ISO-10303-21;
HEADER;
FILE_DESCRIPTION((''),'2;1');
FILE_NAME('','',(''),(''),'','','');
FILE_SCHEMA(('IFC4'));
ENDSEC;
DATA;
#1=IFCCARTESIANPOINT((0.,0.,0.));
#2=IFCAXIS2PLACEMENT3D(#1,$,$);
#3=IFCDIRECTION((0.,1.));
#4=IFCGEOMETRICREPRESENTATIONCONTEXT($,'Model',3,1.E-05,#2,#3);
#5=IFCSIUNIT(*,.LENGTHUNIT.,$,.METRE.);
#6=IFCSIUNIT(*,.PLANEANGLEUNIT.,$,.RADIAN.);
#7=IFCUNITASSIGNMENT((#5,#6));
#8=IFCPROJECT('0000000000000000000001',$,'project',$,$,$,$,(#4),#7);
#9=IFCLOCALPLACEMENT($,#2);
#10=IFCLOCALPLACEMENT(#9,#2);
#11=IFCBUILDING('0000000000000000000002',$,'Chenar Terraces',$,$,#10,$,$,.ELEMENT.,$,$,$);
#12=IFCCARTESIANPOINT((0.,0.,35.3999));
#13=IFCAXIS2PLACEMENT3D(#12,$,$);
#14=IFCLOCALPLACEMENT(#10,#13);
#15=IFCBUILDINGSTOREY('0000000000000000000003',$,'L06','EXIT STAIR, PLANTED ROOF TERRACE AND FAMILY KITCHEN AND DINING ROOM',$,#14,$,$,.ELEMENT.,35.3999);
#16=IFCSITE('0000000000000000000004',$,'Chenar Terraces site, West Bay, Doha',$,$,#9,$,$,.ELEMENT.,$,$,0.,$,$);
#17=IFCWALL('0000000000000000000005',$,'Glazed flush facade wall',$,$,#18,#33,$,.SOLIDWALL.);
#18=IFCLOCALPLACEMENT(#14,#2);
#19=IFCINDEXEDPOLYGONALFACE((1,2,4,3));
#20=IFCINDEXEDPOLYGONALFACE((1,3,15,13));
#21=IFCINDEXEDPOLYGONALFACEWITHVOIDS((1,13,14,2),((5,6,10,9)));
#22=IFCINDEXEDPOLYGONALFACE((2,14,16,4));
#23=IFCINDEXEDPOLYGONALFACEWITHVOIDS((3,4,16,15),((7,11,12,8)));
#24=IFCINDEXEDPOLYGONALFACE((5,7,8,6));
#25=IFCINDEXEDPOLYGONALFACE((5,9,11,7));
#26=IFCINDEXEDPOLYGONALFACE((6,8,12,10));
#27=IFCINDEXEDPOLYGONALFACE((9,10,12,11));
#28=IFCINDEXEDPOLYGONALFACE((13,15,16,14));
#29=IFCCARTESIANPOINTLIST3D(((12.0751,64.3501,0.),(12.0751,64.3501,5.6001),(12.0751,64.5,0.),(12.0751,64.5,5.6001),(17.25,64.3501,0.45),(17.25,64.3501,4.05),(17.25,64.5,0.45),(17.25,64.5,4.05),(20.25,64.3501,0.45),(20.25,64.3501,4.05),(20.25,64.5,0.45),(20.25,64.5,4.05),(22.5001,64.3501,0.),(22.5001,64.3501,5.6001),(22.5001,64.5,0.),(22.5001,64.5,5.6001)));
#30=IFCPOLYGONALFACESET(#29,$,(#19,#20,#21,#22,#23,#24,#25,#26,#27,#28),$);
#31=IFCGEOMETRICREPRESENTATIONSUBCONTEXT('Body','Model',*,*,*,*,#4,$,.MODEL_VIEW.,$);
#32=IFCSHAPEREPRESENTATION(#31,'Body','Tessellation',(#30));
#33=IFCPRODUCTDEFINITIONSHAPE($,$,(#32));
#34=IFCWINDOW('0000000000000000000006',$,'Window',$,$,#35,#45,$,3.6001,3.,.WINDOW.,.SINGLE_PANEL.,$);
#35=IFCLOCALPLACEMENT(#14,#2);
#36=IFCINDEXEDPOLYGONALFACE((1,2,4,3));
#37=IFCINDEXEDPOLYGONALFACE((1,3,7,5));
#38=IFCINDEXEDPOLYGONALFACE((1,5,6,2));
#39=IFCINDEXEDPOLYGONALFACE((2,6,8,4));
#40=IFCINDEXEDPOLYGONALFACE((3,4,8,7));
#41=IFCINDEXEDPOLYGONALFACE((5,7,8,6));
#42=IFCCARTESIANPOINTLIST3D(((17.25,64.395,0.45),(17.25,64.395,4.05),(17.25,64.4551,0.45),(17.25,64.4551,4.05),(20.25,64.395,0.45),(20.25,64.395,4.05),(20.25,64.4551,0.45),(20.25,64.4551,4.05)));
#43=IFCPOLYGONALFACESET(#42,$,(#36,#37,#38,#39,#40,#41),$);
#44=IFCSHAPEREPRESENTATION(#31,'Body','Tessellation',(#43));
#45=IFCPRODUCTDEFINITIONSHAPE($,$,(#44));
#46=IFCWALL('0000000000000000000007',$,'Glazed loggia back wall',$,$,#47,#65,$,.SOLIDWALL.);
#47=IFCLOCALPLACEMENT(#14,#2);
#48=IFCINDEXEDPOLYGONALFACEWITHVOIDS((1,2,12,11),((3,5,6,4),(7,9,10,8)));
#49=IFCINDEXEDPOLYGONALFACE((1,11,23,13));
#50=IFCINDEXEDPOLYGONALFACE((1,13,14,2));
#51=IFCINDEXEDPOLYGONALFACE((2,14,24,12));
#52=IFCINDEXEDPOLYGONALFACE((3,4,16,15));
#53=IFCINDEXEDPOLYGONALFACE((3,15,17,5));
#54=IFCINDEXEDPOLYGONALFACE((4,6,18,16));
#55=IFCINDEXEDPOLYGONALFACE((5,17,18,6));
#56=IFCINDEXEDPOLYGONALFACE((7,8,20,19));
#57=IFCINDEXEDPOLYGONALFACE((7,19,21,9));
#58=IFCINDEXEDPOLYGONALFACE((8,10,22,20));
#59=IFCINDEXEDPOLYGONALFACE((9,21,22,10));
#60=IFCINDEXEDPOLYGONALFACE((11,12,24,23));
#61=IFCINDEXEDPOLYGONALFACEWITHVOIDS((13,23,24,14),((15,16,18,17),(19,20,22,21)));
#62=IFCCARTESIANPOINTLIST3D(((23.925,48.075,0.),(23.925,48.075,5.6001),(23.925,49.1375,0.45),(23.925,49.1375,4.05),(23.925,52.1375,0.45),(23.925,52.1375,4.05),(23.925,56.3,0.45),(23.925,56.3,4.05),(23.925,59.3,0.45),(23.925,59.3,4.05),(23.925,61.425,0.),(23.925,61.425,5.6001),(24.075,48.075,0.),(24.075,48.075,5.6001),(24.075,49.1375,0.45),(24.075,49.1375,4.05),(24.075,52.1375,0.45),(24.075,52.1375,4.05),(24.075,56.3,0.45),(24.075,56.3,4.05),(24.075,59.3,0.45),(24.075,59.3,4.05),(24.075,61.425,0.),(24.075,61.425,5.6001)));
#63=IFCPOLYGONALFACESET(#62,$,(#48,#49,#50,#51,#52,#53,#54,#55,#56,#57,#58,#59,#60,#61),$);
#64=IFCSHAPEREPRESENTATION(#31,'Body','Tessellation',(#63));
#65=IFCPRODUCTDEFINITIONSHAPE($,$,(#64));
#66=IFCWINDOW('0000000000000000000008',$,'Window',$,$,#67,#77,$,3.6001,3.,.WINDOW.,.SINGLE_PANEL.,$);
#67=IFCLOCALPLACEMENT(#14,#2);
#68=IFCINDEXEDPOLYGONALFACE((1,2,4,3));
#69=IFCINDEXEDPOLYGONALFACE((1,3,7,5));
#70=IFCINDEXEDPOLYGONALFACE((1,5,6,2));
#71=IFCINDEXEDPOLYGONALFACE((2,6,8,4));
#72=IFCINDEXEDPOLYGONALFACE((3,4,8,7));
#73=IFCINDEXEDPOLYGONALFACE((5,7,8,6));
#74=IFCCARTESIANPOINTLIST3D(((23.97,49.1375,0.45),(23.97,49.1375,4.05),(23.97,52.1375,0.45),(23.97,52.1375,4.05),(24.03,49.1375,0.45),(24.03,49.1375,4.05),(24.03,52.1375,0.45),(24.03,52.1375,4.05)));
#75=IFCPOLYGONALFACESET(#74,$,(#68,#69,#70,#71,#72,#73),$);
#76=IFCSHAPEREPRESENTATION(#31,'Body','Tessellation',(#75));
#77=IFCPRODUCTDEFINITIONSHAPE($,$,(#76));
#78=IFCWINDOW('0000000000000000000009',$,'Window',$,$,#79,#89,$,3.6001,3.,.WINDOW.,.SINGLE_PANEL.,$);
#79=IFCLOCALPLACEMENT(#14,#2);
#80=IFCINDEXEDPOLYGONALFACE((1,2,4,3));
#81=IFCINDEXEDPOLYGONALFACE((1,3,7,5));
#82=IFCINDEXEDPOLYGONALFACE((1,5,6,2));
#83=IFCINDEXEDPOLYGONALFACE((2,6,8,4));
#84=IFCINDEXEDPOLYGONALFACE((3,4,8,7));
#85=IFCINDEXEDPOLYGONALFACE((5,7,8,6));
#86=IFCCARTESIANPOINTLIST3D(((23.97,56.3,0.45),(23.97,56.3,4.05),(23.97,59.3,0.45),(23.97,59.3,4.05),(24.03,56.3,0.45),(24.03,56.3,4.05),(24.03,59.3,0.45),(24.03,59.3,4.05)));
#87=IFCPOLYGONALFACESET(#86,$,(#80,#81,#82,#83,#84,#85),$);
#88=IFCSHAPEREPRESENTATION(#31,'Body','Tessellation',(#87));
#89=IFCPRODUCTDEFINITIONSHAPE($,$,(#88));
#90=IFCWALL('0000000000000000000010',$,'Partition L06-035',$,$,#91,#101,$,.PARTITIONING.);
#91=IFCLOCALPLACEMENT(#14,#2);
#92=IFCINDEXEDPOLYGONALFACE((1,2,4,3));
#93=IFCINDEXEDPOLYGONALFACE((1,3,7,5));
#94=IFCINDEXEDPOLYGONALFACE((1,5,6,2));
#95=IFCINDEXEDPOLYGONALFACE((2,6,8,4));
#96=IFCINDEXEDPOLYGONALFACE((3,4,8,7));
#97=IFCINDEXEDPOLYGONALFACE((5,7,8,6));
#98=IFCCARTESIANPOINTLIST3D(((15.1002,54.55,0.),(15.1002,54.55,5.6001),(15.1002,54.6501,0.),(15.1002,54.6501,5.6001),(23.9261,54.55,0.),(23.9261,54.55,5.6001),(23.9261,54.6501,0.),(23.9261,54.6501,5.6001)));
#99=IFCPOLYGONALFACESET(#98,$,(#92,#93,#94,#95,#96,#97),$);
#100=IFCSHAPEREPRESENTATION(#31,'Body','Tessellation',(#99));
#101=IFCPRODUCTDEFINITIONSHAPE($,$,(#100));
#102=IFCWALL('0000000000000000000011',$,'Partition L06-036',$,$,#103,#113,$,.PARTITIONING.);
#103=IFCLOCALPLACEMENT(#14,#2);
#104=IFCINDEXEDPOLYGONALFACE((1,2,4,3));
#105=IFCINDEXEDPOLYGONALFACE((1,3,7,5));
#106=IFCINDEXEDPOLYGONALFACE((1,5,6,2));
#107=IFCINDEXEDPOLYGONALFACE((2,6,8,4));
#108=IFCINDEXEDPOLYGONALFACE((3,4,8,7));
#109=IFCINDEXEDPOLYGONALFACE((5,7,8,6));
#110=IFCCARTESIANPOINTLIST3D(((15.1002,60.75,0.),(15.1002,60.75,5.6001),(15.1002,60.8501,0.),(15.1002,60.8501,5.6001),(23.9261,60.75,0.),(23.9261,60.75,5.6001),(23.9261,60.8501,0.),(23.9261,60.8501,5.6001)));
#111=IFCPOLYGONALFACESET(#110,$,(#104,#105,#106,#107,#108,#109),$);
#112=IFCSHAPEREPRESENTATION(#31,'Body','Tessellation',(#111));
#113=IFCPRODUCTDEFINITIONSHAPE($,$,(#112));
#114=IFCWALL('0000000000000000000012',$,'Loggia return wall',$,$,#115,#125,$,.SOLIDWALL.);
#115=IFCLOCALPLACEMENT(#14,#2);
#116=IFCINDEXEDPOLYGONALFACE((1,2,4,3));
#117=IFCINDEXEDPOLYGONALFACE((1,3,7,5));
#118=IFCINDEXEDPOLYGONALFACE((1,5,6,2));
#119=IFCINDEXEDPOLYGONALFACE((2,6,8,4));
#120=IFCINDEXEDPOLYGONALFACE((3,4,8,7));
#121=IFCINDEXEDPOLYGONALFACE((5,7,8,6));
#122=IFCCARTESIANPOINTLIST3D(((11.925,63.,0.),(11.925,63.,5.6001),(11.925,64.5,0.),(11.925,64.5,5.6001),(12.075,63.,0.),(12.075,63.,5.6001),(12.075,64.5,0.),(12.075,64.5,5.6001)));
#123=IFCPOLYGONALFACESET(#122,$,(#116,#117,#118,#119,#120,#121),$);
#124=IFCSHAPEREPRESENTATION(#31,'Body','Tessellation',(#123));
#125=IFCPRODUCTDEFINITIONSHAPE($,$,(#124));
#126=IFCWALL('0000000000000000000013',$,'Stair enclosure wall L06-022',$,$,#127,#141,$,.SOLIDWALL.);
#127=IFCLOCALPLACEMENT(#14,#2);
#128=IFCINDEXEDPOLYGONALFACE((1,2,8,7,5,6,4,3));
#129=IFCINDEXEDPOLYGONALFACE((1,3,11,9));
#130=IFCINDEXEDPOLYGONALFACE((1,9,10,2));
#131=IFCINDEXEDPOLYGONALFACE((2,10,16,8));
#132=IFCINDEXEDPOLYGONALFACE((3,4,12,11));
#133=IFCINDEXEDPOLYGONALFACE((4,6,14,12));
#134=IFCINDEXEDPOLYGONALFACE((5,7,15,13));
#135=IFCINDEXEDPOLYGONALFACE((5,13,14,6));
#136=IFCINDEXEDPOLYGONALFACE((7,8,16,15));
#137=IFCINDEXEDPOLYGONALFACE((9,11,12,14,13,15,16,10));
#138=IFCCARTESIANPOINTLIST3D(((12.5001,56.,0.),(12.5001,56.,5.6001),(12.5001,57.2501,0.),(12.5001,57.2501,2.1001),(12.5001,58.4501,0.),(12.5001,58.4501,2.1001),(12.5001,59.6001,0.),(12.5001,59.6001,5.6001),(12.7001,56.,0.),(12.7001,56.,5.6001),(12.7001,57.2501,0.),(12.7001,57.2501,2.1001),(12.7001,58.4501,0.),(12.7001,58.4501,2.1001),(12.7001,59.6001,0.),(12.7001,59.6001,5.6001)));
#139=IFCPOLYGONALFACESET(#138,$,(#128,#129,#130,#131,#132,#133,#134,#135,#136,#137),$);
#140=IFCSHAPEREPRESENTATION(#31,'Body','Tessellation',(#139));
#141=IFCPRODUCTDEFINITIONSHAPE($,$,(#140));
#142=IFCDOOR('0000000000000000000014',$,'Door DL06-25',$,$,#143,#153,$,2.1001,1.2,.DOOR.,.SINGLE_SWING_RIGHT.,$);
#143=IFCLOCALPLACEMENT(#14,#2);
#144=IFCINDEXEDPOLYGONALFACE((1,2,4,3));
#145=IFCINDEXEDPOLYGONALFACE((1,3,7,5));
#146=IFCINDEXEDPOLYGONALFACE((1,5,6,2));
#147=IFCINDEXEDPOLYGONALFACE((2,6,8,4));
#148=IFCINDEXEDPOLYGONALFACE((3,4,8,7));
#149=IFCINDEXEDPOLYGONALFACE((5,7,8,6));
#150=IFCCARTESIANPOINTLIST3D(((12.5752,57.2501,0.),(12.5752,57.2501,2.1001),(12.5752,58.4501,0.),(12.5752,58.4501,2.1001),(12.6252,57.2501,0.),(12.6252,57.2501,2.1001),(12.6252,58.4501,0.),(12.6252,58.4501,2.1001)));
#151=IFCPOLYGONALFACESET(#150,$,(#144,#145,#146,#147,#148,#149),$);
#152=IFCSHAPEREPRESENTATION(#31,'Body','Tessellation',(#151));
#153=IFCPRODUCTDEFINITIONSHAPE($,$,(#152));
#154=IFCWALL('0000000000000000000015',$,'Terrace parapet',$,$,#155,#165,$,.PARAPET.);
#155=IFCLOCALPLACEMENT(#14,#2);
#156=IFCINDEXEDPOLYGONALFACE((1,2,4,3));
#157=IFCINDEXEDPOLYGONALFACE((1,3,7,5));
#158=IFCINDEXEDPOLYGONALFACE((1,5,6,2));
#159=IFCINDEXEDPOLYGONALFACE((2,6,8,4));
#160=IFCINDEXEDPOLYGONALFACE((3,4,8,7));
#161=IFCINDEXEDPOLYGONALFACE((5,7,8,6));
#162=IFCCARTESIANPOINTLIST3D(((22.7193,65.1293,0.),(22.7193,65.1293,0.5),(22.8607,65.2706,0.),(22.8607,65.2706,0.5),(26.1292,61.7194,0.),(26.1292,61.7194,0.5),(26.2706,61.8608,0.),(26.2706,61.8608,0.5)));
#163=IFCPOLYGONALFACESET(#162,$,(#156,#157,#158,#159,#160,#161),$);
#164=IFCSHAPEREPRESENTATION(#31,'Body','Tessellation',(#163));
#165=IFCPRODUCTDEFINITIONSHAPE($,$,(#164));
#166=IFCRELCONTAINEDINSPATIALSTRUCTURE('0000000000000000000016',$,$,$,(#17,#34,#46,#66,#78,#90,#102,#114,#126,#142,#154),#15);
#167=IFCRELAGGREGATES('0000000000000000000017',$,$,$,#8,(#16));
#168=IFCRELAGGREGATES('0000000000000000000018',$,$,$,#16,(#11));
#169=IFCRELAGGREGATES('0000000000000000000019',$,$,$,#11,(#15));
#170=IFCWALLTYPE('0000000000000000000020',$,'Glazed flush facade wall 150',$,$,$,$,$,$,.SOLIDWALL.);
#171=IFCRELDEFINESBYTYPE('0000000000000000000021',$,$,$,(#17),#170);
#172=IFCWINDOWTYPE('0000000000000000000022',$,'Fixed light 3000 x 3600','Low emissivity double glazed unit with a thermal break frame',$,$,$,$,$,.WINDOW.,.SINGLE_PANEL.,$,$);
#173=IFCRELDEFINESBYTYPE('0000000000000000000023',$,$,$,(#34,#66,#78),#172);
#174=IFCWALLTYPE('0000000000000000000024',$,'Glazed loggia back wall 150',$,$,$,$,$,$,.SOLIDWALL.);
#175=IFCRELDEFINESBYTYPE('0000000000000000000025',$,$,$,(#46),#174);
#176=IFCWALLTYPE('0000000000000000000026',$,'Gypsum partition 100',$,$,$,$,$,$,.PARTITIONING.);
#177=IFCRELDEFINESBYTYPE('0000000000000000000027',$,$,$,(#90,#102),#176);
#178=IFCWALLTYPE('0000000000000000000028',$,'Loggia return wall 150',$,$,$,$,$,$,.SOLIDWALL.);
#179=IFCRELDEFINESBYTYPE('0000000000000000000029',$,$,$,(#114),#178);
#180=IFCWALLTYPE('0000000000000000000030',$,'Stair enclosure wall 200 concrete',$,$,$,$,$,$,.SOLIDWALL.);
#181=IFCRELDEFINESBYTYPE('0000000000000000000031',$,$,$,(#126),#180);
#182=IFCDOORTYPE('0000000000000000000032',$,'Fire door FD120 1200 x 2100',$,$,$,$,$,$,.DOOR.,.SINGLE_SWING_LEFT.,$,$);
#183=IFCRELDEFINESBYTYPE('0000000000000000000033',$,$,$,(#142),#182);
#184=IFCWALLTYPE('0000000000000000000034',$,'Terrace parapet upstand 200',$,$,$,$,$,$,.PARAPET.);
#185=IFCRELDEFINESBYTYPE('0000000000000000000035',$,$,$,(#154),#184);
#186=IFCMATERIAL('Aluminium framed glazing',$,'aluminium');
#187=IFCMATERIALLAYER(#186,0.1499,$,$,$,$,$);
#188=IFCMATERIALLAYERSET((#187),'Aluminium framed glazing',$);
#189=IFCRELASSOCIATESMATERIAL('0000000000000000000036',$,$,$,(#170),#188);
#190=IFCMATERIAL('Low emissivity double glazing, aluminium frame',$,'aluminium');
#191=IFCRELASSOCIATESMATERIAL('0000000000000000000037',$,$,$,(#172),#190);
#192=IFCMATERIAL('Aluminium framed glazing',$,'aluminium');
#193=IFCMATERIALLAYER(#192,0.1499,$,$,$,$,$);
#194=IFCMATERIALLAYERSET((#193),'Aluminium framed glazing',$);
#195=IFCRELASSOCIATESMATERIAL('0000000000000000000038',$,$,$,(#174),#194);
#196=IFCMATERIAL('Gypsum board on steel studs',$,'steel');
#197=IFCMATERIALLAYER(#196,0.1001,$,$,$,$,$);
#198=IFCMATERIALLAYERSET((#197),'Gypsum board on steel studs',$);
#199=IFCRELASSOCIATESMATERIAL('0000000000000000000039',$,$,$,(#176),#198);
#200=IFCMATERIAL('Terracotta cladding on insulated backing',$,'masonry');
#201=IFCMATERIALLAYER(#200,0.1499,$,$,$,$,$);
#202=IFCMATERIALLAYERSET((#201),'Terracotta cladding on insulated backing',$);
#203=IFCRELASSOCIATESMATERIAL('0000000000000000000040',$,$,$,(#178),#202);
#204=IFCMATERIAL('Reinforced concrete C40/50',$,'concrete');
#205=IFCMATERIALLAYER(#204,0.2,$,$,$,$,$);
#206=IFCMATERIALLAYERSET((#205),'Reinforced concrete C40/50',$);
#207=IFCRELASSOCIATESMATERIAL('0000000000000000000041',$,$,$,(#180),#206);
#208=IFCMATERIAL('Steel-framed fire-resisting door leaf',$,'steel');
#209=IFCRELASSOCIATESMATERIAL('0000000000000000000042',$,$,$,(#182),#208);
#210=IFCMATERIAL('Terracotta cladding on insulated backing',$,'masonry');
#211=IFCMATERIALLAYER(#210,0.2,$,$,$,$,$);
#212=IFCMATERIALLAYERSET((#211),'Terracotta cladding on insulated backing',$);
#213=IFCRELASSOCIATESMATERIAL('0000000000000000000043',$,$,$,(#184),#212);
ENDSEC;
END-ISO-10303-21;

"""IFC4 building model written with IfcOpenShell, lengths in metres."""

from ifc_helpers import new_model, si_unit, direction, frame, frame_2d, origin, place, context, subcontext, project, spatial, rectangle, extrude, material, layer, layer_set, type_object, element, fill, save


model = new_model("IFC4")

# Units and contexts
model_context = context("Model", 3, precision=1e-05, world=origin(), true_north=direction((0.0, 1.0)))
body_context = subcontext(model_context, "Body", "Model", "MODEL_VIEW")
ifc_project = project(units=[si_unit("LENGTHUNIT", "METRE"), si_unit("PLANEANGLEUNIT", "RADIAN")], contexts=[model_context])

# Site, building, storey
site_placement = place(None, origin())
site = spatial("IfcSite", under=ifc_project, at=site_placement, Name="Chenar Terraces site, West Bay, Doha", CompositionType="ELEMENT", RefElevation=0.0)
building_placement = place(site_placement, origin())
building = spatial("IfcBuilding", under=site, at=building_placement, Name="Chenar Terraces", CompositionType="ELEMENT")
storey_placement = place(building_placement, frame((0.0, 0.0, 35.3999)))
storey = spatial("IfcBuildingStorey", under=building, at=storey_placement, Name="L06", Description="EXIT STAIR, PLANTED ROOF TERRACE AND FAMILY KITCHEN AND DINING ROOM", CompositionType="ELEMENT", Elevation=35.3999)

# Wall, opening, window
ifc_material_1 = material(Name="Aluminium framed glazing", Category="aluminium")
ifc_layer_1 = layer(ifc_material_1, 0.1499)
ifc_layer_set_1 = layer_set([ifc_layer_1], Name="Aluminium framed glazing")
wall_type_1 = type_object("IfcWallType", Name="Glazed flush facade wall 150", PredefinedType="SOLIDWALL", material=ifc_layer_set_1)
wall_1_placement = place(storey_placement, frame((22.5, 64.425, 0.0), z_axis=(0.0, 0.0, 1.0), x_axis=(-1.0, 0.0, 0.0)))
wall_1 = element("IfcWall", 1, at=wall_1_placement, inside=storey, type_object=wall_type_1, Name="Glazed flush facade wall", PredefinedType="SOLIDWALL", context=body_context, shape_type="SweptSolid", body=[
    extrude(rectangle(XDim=10.425, YDim=0.1499, at=frame_2d((5.2124, 0.0))), origin(), (0.0, 0.0, 1.0), 5.6001),
])
opening_1_placement = place(wall_1_placement, frame((2.25, 0.0, 0.45)))
opening_1 = element("IfcOpeningElement", 2, at=opening_1_placement, cuts=wall_1, PredefinedType="OPENING", context=body_context, shape_type="SweptSolid", body=[
    extrude(rectangle(XDim=3.0, YDim=3.6001, at=frame_2d((1.5, 1.8))), frame((0.0, 0.085, 0.0), z_axis=(0.0, -1.0, 0.0), x_axis=(1.0, 0.0, 0.0)), (0.0, 0.0, 1.0), 0.1699),
])
ifc_material_2 = material(Name="Low emissivity double glazing, aluminium frame", Category="aluminium")
window_type = type_object("IfcWindowType", Name="Fixed light 3000 x 3600", Description="Low emissivity double glazed unit with a thermal break frame", PartitioningType="SINGLE_PANEL", PredefinedType="WINDOW", material=ifc_material_2)
window_1_placement = place(opening_1_placement, origin())
window_1 = element("IfcWindow", 3, at=window_1_placement, inside=storey, type_object=window_type, Name="Window", OverallHeight=3.6001, OverallWidth=3.0, PartitioningType="SINGLE_PANEL", PredefinedType="WINDOW", context=body_context, shape_type="SweptSolid", body=[
    extrude(rectangle(XDim=3.0, YDim=3.6001, at=frame_2d((1.5, 1.8))), frame((0.0, 0.03, 0.0), z_axis=(0.0, -1.0, 0.0), x_axis=(1.0, 0.0, 0.0)), (0.0, 0.0, 1.0), 0.0601),
])
fill(opening_1, window_1)

# Wall, openings, windows
ifc_material_3 = material(Name="Aluminium framed glazing", Category="aluminium")
ifc_layer_2 = layer(ifc_material_3, 0.1499)
ifc_layer_set_2 = layer_set([ifc_layer_2], Name="Aluminium framed glazing")
wall_type_2 = type_object("IfcWallType", Name="Glazed loggia back wall 150", PredefinedType="SOLIDWALL", material=ifc_layer_set_2)
wall_2_placement = place(storey_placement, frame((24.0, 48.075, 0.0), z_axis=(0.0, 0.0, 1.0), x_axis=(0.0, 1.0, 0.0)))
wall_2 = element("IfcWall", 4, at=wall_2_placement, inside=storey, type_object=wall_type_2, Name="Glazed loggia back wall", PredefinedType="SOLIDWALL", context=body_context, shape_type="SweptSolid", body=[
    extrude(rectangle(XDim=13.3501, YDim=0.1499, at=frame_2d((6.675, 0.0))), origin(), (0.0, 0.0, 1.0), 5.6001),
])
opening_2_placement = place(wall_2_placement, frame((1.0625, 0.0, 0.45)))
opening_2 = element("IfcOpeningElement", 5, at=opening_2_placement, cuts=wall_2, PredefinedType="OPENING", context=body_context, shape_type="SweptSolid", body=[
    extrude(rectangle(XDim=3.0, YDim=3.6001, at=frame_2d((1.5, 1.8))), frame((0.0, 0.085, 0.0), z_axis=(0.0, -1.0, 0.0), x_axis=(1.0, 0.0, 0.0)), (0.0, 0.0, 1.0), 0.1699),
])
opening_3_placement = place(wall_2_placement, frame((8.2251, 0.0, 0.45)))
opening_3 = element("IfcOpeningElement", 6, at=opening_3_placement, cuts=wall_2, PredefinedType="OPENING", context=body_context, shape_type="SweptSolid", body=[
    extrude(rectangle(XDim=3.0, YDim=3.6001, at=frame_2d((1.5, 1.8))), frame((0.0, 0.085, 0.0), z_axis=(0.0, -1.0, 0.0), x_axis=(1.0, 0.0, 0.0)), (0.0, 0.0, 1.0), 0.1699),
])
window_2_placement = place(opening_2_placement, origin())
window_2 = element("IfcWindow", 7, at=window_2_placement, inside=storey, type_object=window_type, Name="Window", OverallHeight=3.6001, OverallWidth=3.0, PartitioningType="SINGLE_PANEL", PredefinedType="WINDOW", context=body_context, shape_type="SweptSolid", body=[
    extrude(rectangle(XDim=3.0, YDim=3.6001, at=frame_2d((1.5, 1.8))), frame((0.0, 0.03, 0.0), z_axis=(0.0, -1.0, 0.0), x_axis=(1.0, 0.0, 0.0)), (0.0, 0.0, 1.0), 0.0601),
])
fill(opening_2, window_2)
window_3_placement = place(opening_3_placement, origin())
window_3 = element("IfcWindow", 8, at=window_3_placement, inside=storey, type_object=window_type, Name="Window", OverallHeight=3.6001, OverallWidth=3.0, PartitioningType="SINGLE_PANEL", PredefinedType="WINDOW", context=body_context, shape_type="SweptSolid", body=[
    extrude(rectangle(XDim=3.0, YDim=3.6001, at=frame_2d((1.5, 1.8))), frame((0.0, 0.03, 0.0), z_axis=(0.0, -1.0, 0.0), x_axis=(1.0, 0.0, 0.0)), (0.0, 0.0, 1.0), 0.0601),
])
fill(opening_3, window_3)

# Walls
ifc_material_4 = material(Name="Gypsum board on steel studs", Category="steel")
ifc_layer_3 = layer(ifc_material_4, 0.1001)
ifc_layer_set_3 = layer_set([ifc_layer_3], Name="Gypsum board on steel studs")
wall_type_3 = type_object("IfcWallType", Name="Gypsum partition 100", PredefinedType="PARTITIONING", material=ifc_layer_set_3)
for number, where, z_axis, x_axis, name in (
    (9, (15.1001, 54.6001, 0.0), (0.0, 0.0, 1.0), (1.0, 0.0, 0.0), "Partition L06-035"),
    (10, (15.1001, 60.8, 0.0), (0.0, 0.0, 1.0), (1.0, 0.0, 0.0), "Partition L06-036"),
):
    element("IfcWall", number, at=place(storey_placement, frame(where, z_axis=z_axis, x_axis=x_axis)), inside=storey, type_object=wall_type_3, Name=name, PredefinedType="PARTITIONING", context=body_context, shape_type="SweptSolid", body=[
        extrude(rectangle(XDim=8.8259, YDim=0.1001, at=frame_2d((4.4131, 0.0))), origin(), (0.0, 0.0, 1.0), 5.6001),
    ])
ifc_material_5 = material(Name="Terracotta cladding on insulated backing", Category="masonry")
ifc_layer_4 = layer(ifc_material_5, 0.1499)
ifc_layer_set_4 = layer_set([ifc_layer_4], Name="Terracotta cladding on insulated backing")
wall_type_4 = type_object("IfcWallType", Name="Loggia return wall 150", PredefinedType="SOLIDWALL", material=ifc_layer_set_4)
wall_3_placement = place(storey_placement, frame((12.0, 64.5, 0.0), z_axis=(0.0, 0.0, 1.0), x_axis=(0.0, -1.0, 0.0)))
element("IfcWall", 11, at=wall_3_placement, inside=storey, type_object=wall_type_4, Name="Loggia return wall", PredefinedType="SOLIDWALL", context=body_context, shape_type="SweptSolid", body=[
    extrude(rectangle(XDim=1.5, YDim=0.1499, at=frame_2d((0.75, 0.0))), origin(), (0.0, 0.0, 1.0), 5.6001),
])

# Wall, opening, door
ifc_material_6 = material(Name="Reinforced concrete C40/50", Category="concrete")
ifc_layer_5 = layer(ifc_material_6, 0.2)
ifc_layer_set_5 = layer_set([ifc_layer_5], Name="Reinforced concrete C40/50")
wall_type_5 = type_object("IfcWallType", Name="Stair enclosure wall 200 concrete", PredefinedType="SOLIDWALL", material=ifc_layer_set_5)
wall_4_placement = place(storey_placement, frame((12.6001, 56.0, 0.0), z_axis=(0.0, 0.0, 1.0), x_axis=(0.0, 1.0, 0.0)))
wall_4 = element("IfcWall", 12, at=wall_4_placement, inside=storey, type_object=wall_type_5, Name="Stair enclosure wall L06-022", PredefinedType="SOLIDWALL", context=body_context, shape_type="SweptSolid", body=[
    extrude(rectangle(XDim=3.6001, YDim=0.2, at=frame_2d((1.8, 0.0))), origin(), (0.0, 0.0, 1.0), 5.6001),
])
opening_4_placement = place(wall_4_placement, frame((1.25, 0.0, 0.0)))
opening_4 = element("IfcOpeningElement", 13, at=opening_4_placement, cuts=wall_4, PredefinedType="OPENING", context=body_context, shape_type="SweptSolid", body=[
    extrude(rectangle(XDim=1.2, YDim=2.1001, at=frame_2d((0.6001, 1.05))), frame((0.0, 0.1099, 0.0), z_axis=(0.0, -1.0, 0.0), x_axis=(1.0, 0.0, 0.0)), (0.0, 0.0, 1.0), 0.22),
])
ifc_material_7 = material(Name="Steel-framed fire-resisting door leaf", Category="steel")
door_type_1 = type_object("IfcDoorType", Name="Fire door FD120 1200 x 2100", OperationType="SINGLE_SWING_LEFT", PredefinedType="DOOR", material=ifc_material_7)
door_1_placement = place(opening_4_placement, origin())
door_1 = element("IfcDoor", 14, at=door_1_placement, inside=storey, type_object=door_type_1, Name="Door DL06-25", OperationType="SINGLE_SWING_RIGHT", OverallHeight=2.1001, OverallWidth=1.2, PredefinedType="DOOR", context=body_context, shape_type="SweptSolid", body=[
    extrude(rectangle(XDim=1.2, YDim=2.1001, at=frame_2d((0.6001, 1.05))), frame((0.0, 0.0249, 0.0), z_axis=(0.0, -1.0, 0.0), x_axis=(1.0, 0.0, 0.0)), (0.0, 0.0, 1.0), 0.05),
])
fill(opening_4, door_1)

# Wall
ifc_material_8 = material(Name="Terracotta cladding on insulated backing", Category="masonry")
ifc_layer_6 = layer(ifc_material_8, 0.2)
ifc_layer_set_6 = layer_set([ifc_layer_6], Name="Terracotta cladding on insulated backing")
wall_type_6 = type_object("IfcWallType", Name="Terrace parapet upstand 200", PredefinedType="PARAPET", material=ifc_layer_set_6)
wall_5_placement = place(storey_placement, frame((22.79, 65.2, 0.0), z_axis=(0.0, 0.0, 1.0), x_axis=(0.707107, -0.707107, 0.0)))
element("IfcWall", 15, at=wall_5_placement, inside=storey, type_object=wall_type_6, Name="Terrace parapet", PredefinedType="PARAPET", context=body_context, shape_type="SweptSolid", body=[
    extrude(rectangle(XDim=4.8223, YDim=0.2, at=frame_2d((2.4111, 0.0))), origin(), (0.0, 0.0, 1.0), 0.5),
])

save(model, "model.ifc")
